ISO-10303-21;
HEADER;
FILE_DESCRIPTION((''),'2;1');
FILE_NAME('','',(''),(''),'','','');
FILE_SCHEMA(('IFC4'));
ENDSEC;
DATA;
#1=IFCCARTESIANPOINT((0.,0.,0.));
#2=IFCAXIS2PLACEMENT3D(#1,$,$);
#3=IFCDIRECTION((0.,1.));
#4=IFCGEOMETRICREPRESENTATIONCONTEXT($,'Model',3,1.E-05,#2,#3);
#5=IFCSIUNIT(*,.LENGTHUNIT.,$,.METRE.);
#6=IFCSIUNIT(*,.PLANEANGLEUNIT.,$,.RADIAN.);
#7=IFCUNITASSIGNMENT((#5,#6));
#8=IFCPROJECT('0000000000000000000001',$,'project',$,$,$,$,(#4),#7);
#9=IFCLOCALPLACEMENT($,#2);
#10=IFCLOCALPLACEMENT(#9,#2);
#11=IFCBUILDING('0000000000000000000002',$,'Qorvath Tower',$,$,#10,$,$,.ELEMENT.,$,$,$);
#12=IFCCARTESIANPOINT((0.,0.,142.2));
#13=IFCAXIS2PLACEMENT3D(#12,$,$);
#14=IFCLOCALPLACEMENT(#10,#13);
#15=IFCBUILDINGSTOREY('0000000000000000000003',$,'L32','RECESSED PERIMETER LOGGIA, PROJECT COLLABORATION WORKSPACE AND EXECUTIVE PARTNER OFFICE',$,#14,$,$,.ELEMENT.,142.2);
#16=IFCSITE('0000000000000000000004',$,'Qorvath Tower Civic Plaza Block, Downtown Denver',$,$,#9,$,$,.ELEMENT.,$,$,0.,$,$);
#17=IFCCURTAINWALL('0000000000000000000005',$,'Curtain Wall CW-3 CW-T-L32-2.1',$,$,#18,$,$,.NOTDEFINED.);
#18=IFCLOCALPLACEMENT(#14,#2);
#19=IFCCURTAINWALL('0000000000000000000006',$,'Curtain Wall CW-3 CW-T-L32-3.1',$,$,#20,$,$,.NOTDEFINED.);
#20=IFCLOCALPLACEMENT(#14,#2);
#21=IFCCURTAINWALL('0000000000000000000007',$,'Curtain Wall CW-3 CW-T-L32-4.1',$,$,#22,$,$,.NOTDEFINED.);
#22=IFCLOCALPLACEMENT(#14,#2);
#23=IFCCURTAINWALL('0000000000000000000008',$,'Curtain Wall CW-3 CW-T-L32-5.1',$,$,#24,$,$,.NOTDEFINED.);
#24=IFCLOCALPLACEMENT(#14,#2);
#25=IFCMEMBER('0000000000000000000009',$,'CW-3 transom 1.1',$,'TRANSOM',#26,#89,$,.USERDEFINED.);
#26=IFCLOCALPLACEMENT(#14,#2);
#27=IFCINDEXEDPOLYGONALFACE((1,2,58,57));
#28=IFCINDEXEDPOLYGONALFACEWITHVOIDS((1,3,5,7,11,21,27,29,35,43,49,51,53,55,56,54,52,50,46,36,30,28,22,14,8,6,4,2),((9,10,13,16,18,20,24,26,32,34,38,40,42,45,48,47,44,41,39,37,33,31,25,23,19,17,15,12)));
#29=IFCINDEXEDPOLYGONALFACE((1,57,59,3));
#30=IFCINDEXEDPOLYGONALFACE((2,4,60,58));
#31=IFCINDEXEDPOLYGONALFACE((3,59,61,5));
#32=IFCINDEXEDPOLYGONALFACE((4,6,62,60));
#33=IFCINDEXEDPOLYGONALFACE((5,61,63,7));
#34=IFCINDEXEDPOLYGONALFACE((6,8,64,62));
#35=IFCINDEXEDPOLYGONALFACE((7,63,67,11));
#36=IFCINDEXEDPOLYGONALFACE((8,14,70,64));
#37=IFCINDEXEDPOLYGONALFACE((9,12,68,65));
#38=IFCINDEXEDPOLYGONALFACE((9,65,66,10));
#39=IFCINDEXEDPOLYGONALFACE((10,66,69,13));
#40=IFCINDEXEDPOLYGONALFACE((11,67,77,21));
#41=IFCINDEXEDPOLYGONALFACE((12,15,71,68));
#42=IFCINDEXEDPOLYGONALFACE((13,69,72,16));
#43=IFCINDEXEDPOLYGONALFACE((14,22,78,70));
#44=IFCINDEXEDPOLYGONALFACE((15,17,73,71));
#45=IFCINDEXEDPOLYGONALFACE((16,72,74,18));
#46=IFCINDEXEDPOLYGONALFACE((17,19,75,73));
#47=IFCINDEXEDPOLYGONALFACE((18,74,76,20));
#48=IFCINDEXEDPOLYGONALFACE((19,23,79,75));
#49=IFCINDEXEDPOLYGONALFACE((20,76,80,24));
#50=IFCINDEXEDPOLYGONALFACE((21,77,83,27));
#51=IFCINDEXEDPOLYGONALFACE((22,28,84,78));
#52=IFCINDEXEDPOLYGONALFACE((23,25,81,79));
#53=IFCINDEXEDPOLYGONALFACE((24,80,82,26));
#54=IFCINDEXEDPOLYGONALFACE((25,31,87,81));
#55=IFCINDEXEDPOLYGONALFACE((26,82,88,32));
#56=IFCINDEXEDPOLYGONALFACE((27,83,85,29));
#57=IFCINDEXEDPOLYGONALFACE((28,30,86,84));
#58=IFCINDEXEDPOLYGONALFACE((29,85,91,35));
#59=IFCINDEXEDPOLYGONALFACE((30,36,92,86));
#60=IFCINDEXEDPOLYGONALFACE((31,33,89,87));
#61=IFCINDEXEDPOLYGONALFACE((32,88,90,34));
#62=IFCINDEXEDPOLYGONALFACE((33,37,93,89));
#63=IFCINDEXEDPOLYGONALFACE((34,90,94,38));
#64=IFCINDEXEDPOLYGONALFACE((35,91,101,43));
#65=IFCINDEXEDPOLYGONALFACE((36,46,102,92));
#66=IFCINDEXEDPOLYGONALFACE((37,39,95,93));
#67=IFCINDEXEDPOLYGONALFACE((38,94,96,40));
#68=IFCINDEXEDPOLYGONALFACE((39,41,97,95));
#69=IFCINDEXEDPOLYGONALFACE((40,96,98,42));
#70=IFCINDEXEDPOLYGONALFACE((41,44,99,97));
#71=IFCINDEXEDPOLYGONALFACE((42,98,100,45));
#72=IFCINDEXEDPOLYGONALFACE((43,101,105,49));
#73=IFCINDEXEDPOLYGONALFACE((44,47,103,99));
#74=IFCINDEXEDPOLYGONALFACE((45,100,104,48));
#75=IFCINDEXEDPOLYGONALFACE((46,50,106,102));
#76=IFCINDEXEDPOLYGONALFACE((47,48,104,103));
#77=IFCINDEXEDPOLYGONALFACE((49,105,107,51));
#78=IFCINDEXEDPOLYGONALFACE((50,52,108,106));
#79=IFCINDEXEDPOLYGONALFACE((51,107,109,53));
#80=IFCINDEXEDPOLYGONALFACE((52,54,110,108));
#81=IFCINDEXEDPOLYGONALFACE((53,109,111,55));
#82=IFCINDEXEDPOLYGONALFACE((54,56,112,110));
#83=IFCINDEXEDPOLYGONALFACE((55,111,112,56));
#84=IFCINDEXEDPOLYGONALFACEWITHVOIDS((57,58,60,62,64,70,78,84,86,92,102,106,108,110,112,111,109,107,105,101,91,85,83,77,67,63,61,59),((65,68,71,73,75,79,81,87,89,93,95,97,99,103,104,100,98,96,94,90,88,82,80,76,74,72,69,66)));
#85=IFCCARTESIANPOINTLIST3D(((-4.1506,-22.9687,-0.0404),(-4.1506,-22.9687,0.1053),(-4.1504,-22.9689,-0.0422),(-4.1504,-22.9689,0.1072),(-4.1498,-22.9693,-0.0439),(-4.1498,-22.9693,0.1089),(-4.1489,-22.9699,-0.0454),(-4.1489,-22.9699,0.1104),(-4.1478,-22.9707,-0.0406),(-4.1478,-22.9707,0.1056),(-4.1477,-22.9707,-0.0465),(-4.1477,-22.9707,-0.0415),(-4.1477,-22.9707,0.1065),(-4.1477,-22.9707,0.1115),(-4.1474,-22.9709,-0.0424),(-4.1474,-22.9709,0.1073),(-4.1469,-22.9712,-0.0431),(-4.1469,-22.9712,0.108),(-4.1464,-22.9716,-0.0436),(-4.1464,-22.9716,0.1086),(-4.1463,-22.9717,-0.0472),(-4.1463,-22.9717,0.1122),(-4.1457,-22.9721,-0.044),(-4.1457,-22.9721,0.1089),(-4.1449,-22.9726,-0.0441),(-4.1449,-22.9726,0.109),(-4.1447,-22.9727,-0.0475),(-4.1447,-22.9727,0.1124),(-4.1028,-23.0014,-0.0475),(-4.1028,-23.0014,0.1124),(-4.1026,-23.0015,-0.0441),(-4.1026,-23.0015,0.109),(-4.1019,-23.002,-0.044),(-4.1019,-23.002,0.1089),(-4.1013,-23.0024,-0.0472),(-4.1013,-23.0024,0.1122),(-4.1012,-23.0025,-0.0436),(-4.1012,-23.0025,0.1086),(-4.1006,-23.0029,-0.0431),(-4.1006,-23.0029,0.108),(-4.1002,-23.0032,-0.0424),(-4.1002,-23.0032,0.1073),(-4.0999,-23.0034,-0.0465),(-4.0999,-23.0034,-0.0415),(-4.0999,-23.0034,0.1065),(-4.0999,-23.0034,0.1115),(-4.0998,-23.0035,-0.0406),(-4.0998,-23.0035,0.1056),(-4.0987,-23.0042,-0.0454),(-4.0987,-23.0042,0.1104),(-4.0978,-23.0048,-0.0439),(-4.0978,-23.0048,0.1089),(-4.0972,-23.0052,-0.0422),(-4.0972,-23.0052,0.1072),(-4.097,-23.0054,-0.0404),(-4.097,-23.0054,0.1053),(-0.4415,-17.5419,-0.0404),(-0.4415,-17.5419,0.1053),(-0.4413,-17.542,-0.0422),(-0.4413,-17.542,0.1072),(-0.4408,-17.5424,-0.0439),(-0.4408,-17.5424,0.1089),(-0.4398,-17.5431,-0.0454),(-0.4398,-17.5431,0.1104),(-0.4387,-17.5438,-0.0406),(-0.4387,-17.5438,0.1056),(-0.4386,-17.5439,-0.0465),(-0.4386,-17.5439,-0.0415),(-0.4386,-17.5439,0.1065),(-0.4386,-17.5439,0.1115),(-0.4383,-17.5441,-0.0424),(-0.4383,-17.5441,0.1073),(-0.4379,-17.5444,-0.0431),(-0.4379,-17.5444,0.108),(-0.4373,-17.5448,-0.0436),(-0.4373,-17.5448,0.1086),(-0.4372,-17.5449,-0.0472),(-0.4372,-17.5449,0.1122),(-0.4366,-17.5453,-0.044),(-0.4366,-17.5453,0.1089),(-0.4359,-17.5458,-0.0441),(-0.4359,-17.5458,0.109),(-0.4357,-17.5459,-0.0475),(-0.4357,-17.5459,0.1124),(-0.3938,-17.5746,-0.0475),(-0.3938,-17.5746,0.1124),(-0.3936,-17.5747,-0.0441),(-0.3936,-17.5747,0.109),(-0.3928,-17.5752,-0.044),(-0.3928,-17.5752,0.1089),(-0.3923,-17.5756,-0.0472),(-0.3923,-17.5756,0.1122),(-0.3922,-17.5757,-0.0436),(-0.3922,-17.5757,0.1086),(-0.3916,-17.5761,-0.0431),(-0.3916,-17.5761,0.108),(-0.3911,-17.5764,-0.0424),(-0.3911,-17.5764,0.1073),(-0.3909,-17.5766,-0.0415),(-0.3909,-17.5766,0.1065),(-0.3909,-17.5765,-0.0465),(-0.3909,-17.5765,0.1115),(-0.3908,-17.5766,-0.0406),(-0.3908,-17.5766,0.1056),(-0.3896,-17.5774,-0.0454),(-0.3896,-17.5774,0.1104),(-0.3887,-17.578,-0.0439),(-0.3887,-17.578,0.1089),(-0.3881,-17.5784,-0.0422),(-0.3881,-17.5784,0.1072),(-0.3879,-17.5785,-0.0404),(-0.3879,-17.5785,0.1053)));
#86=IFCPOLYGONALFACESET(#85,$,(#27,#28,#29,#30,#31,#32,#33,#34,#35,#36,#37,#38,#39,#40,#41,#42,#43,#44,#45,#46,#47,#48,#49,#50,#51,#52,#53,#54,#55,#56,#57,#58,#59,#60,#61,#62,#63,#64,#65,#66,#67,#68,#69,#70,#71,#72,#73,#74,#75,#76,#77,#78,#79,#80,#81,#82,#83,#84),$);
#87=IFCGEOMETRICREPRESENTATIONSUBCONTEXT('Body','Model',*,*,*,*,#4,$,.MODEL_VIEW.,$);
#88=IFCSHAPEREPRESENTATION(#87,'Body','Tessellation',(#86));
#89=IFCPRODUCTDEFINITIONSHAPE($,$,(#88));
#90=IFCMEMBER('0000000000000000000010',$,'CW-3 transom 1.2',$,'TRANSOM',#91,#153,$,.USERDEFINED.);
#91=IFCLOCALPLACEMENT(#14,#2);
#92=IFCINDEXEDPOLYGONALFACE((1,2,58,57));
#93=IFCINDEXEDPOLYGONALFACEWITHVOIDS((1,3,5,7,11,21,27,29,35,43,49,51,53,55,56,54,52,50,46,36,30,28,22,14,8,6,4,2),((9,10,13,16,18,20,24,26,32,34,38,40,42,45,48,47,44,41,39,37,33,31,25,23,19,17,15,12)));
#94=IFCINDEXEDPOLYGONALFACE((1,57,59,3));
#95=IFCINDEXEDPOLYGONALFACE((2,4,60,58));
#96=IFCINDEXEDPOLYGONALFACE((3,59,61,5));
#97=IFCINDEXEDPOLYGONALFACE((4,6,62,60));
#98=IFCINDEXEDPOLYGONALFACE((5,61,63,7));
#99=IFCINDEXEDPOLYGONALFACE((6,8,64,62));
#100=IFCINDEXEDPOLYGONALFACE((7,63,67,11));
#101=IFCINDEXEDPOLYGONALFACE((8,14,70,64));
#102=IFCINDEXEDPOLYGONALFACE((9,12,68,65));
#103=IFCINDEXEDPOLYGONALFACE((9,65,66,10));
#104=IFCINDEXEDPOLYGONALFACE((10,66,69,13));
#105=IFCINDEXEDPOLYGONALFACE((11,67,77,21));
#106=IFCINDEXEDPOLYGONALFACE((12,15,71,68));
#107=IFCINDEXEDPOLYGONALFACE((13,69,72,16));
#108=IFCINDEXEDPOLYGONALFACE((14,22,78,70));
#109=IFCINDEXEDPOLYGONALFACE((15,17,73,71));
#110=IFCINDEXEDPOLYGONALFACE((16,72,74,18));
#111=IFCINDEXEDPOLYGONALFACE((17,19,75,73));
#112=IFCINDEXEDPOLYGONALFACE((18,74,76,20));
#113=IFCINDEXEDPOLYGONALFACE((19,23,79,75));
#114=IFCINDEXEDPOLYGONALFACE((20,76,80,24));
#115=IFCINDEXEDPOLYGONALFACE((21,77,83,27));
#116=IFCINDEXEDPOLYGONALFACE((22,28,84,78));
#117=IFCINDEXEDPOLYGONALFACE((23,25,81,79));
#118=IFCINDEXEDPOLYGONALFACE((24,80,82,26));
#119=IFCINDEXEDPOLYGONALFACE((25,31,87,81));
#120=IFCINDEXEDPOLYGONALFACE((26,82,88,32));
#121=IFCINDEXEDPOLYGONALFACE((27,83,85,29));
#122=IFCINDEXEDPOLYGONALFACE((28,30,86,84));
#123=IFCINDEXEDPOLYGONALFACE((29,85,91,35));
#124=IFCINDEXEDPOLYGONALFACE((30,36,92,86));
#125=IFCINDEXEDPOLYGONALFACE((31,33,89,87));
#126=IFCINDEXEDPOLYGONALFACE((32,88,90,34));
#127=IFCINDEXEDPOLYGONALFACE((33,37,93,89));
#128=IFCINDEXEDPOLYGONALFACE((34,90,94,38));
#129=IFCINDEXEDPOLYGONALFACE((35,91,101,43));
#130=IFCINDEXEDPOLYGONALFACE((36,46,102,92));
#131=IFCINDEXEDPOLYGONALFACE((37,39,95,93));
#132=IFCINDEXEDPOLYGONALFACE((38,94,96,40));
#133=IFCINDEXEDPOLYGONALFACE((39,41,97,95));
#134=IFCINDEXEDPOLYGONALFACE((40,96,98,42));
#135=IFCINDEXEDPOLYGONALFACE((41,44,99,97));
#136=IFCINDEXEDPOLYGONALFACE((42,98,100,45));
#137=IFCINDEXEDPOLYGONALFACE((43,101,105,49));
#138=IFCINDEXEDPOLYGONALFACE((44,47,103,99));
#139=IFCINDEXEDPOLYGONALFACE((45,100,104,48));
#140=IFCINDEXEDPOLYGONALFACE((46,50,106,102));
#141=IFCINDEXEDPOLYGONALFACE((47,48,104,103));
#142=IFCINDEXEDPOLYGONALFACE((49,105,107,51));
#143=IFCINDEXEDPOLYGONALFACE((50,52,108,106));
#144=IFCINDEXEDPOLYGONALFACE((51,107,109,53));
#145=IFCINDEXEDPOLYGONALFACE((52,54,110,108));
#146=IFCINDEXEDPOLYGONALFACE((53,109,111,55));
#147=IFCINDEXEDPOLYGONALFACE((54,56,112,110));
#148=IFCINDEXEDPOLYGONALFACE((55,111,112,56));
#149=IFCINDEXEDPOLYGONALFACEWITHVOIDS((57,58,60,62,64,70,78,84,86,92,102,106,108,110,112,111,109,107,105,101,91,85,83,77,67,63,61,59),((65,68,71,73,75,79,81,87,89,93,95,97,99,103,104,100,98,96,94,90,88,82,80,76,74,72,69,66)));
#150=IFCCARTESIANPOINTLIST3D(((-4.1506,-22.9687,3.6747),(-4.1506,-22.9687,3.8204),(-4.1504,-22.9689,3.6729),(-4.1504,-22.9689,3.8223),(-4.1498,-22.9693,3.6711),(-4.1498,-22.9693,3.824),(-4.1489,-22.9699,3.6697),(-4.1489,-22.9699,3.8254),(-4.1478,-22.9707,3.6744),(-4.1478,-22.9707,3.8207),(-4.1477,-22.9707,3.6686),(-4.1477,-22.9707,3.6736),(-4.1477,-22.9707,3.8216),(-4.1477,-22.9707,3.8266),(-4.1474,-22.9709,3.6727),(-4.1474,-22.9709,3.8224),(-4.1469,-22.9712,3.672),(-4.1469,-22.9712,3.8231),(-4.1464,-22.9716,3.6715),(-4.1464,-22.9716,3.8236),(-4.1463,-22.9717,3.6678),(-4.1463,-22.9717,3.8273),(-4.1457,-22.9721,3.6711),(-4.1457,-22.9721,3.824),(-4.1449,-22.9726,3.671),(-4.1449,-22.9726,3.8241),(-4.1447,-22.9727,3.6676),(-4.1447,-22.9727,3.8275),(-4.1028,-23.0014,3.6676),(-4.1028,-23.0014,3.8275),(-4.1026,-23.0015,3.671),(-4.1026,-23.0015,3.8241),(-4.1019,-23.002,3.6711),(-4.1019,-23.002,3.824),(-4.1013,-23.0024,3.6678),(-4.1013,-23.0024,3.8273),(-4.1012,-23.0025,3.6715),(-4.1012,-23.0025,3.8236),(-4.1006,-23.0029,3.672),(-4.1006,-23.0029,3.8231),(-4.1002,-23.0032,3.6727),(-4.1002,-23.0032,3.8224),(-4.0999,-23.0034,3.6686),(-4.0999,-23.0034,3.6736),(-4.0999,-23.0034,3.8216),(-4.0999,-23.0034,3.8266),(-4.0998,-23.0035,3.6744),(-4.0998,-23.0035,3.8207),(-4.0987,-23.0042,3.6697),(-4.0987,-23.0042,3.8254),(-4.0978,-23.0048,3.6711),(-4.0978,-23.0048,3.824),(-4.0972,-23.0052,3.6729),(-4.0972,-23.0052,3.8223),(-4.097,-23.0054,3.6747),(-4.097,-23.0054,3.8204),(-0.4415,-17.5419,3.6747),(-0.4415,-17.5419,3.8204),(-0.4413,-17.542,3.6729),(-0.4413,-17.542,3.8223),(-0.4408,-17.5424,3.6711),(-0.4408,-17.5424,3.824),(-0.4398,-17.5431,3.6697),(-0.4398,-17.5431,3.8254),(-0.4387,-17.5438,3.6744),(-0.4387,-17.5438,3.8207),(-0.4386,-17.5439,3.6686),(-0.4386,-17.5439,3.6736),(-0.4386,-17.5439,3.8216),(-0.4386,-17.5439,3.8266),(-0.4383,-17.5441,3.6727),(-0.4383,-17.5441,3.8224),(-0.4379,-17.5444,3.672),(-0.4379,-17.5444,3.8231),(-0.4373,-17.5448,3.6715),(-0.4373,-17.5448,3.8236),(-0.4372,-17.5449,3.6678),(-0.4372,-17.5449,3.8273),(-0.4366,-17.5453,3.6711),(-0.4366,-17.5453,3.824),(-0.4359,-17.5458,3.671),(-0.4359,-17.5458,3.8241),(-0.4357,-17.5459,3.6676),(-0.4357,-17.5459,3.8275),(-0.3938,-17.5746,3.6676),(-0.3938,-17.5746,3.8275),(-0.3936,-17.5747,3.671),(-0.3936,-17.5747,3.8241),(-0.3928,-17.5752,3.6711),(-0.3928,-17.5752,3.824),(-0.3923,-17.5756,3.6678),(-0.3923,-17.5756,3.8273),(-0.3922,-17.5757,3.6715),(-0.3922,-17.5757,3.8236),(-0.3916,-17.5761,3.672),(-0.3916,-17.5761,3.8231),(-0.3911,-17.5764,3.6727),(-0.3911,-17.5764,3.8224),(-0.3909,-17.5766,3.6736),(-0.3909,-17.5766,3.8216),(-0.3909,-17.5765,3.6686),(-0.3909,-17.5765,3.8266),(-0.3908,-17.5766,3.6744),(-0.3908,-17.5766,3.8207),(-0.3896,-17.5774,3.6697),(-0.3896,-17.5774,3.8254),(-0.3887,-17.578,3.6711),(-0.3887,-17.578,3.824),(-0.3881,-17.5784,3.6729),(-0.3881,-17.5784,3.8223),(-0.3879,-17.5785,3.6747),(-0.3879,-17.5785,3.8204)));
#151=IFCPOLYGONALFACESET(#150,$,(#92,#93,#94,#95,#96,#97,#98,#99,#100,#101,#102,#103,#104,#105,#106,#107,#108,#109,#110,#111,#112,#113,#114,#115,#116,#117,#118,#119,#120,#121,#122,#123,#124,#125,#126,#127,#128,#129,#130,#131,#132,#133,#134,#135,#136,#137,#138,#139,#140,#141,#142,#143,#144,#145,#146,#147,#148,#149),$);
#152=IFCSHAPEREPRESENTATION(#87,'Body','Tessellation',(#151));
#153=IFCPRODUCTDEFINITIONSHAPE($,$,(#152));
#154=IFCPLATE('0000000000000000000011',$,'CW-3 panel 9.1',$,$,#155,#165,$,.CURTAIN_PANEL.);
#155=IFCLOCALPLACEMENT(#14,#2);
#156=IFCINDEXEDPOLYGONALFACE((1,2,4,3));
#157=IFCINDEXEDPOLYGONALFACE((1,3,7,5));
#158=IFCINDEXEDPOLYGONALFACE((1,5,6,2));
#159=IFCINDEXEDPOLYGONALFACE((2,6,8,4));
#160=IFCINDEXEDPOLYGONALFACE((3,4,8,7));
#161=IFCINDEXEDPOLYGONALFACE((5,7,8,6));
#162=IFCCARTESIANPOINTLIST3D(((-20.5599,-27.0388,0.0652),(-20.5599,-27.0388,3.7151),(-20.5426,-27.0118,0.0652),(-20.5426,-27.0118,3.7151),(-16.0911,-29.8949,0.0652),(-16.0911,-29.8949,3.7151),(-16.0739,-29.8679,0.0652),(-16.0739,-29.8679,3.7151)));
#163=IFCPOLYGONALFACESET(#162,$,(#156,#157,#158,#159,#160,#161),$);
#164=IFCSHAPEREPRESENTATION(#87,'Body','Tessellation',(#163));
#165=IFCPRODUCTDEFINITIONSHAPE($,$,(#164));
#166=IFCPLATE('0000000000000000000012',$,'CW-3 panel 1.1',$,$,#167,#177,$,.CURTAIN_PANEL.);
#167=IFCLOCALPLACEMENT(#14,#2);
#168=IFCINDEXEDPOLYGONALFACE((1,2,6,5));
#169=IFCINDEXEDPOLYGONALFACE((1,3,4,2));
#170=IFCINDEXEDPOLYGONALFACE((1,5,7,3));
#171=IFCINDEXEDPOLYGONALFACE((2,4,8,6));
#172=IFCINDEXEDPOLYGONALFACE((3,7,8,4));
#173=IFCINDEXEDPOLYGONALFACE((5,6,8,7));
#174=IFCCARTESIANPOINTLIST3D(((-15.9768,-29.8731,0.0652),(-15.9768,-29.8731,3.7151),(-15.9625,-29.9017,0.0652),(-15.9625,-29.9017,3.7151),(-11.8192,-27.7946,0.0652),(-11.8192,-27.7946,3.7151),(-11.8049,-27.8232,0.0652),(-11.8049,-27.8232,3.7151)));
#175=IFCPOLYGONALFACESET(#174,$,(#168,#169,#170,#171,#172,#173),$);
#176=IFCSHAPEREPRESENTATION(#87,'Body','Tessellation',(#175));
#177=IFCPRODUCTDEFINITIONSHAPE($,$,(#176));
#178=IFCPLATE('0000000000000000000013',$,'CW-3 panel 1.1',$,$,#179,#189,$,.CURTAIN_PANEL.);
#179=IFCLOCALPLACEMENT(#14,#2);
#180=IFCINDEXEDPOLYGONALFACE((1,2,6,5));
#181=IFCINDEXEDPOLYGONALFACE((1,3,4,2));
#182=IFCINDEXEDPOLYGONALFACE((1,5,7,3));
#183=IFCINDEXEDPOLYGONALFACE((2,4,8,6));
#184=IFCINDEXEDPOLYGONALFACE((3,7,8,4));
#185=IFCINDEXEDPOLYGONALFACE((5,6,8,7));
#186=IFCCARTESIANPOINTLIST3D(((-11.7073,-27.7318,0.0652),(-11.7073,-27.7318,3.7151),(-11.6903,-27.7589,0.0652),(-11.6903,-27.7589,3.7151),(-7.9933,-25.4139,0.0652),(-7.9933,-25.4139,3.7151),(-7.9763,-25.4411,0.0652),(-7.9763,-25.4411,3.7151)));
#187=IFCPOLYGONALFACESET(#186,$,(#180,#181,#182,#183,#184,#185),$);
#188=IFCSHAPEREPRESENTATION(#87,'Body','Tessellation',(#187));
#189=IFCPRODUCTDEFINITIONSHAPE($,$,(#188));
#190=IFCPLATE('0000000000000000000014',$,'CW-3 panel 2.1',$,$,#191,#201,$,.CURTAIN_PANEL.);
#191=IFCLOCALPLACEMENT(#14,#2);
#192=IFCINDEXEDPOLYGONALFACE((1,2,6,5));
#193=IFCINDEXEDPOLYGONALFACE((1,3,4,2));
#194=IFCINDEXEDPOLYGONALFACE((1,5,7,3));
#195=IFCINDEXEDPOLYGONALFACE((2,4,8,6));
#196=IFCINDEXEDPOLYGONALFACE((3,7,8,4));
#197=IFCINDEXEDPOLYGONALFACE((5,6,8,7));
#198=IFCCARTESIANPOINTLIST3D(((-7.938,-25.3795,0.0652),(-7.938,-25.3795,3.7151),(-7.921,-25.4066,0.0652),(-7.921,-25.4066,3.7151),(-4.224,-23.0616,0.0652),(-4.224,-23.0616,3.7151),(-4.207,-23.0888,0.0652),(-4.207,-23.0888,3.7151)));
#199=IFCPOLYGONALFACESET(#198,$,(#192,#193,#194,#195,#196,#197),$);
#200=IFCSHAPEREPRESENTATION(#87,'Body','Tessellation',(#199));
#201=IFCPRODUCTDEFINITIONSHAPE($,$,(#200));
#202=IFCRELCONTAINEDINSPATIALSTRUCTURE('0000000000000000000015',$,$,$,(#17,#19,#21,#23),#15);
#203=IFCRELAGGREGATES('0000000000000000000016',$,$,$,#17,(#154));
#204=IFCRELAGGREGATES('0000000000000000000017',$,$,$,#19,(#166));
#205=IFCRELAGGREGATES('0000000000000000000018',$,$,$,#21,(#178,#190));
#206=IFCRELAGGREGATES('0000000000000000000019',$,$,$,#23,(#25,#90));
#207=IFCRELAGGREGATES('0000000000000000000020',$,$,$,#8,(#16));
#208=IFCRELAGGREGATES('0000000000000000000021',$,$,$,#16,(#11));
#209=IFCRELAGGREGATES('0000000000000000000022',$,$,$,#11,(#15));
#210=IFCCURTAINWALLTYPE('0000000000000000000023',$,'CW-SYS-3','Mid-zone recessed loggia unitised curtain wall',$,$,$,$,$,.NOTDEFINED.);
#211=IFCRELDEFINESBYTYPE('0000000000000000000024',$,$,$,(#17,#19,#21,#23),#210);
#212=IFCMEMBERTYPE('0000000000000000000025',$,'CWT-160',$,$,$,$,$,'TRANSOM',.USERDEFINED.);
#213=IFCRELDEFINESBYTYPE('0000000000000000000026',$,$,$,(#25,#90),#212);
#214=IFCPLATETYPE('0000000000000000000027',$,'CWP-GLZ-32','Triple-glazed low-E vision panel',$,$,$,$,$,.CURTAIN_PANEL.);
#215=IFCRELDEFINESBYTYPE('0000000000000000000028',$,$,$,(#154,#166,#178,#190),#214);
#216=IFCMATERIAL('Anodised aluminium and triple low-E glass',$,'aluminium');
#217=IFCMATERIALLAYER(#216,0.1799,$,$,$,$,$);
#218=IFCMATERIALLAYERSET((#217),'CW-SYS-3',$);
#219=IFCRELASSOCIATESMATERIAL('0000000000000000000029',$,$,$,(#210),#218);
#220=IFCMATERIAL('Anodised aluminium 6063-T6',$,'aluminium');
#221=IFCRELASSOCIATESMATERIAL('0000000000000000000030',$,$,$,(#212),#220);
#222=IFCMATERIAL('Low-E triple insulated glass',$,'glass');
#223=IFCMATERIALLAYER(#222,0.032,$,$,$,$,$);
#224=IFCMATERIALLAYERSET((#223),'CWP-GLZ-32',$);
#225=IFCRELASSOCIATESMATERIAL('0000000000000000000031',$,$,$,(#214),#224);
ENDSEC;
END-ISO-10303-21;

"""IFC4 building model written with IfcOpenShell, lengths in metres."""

from ifc_helpers import new_model, si_unit, direction, frame, origin, origin_2d, place, context, subcontext, project, spatial, rectangle, hollow_rectangle, extrude, material, layer, layer_set, material_profile, profile_set, type_object, element, aggregate, save


model = new_model("IFC4")

# Units and contexts
model_context = context("Model", 3, precision=1e-05, world=origin(), true_north=direction((0.0, 1.0)))
body_context = subcontext(model_context, "Body", "Model", "MODEL_VIEW")
ifc_project = project(units=[si_unit("LENGTHUNIT", "METRE"), si_unit("PLANEANGLEUNIT", "RADIAN")], contexts=[model_context])

# Site, building, storey
site_placement = place(None, origin())
site = spatial("IfcSite", under=ifc_project, at=site_placement, Name="Qorvath Tower Civic Plaza Block, Downtown Denver", CompositionType="ELEMENT", RefElevation=0.0)
building_placement = place(site_placement, origin())
building = spatial("IfcBuilding", under=site, at=building_placement, Name="Qorvath Tower", CompositionType="ELEMENT")
storey_placement = place(building_placement, frame((0.0, 0.0, 142.2)))
storey = spatial("IfcBuildingStorey", under=building, at=storey_placement, Name="L32", Description="RECESSED PERIMETER LOGGIA, PROJECT COLLABORATION WORKSPACE AND EXECUTIVE PARTNER OFFICE", CompositionType="ELEMENT", Elevation=142.2)

# Curtain wall
ifc_material_1 = material(Name="Anodised aluminium and triple low-E glass", Category="aluminium")
ifc_layer_1 = layer(ifc_material_1, 0.1799)
ifc_layer_set_1 = layer_set([ifc_layer_1], Name="CW-SYS-3")
curtain_wall_type = type_object("IfcCurtainWallType", Name="CW-SYS-3", Description="Mid-zone recessed loggia unitised curtain wall", PredefinedType="NOTDEFINED", material=ifc_layer_set_1)
curtain_wall_1_placement = place(storey_placement, origin())
curtain_wall_1 = element("IfcCurtainWall", 1, at=curtain_wall_1_placement, inside=storey, type_object=curtain_wall_type, Name="Curtain Wall CW-3 CW-T-L32-2.1", PredefinedType="NOTDEFINED")

# Curtain walls
curtain_wall_2_placement = place(storey_placement, origin())
curtain_wall_2 = element("IfcCurtainWall", 2, at=curtain_wall_2_placement, inside=storey, type_object=curtain_wall_type, Name="Curtain Wall CW-3 CW-T-L32-3.1", PredefinedType="NOTDEFINED")
curtain_wall_3_placement = place(storey_placement, origin())
curtain_wall_3 = element("IfcCurtainWall", 3, at=curtain_wall_3_placement, inside=storey, type_object=curtain_wall_type, Name="Curtain Wall CW-3 CW-T-L32-4.1", PredefinedType="NOTDEFINED")
curtain_wall_4_placement = place(storey_placement, origin())
curtain_wall_4 = element("IfcCurtainWall", 4, at=curtain_wall_4_placement, inside=storey, type_object=curtain_wall_type, Name="Curtain Wall CW-3 CW-T-L32-5.1", PredefinedType="NOTDEFINED")

# Members
ifc_material_2 = material(Name="Anodised aluminium 6063-T6", Category="aluminium")
ifc_material_profile_1 = material_profile(ifc_material_2, hollow_rectangle(XDim=0.0649, YDim=0.1599, WallThickness=0.0034, InnerFilletRadius=0.0034, OuterFilletRadius=0.0071, at=origin_2d()), Name="CWT 160x65")
ifc_profile_set_1 = profile_set([ifc_material_profile_1], Name="Anodised aluminium 6063-T6")
member_type_1 = type_object("IfcMemberType", Name="CWT-160", ElementType="TRANSOM", PredefinedType="USERDEFINED", material=ifc_profile_set_1)
member_1_placement = place(storey_placement, frame((-4.1238, -22.9871, 0.0325), z_axis=(0.564263, 0.825595, 0.0), x_axis=(-0.825595, 0.564263, 0.0)))
member_1 = element("IfcMember", 5, at=member_1_placement, type_object=member_type_1, Name="CW-3 transom 1.1", ObjectType="TRANSOM", PredefinedType="USERDEFINED", context=body_context, shape_type="SweptSolid", body=[
    extrude(hollow_rectangle(XDim=0.0649, YDim=0.1599, WallThickness=0.0034, InnerFilletRadius=0.0034, OuterFilletRadius=0.0071, at=origin_2d()), origin(), (0.0, 0.0, 1.0), 6.5732),
])
member_2_placement = place(storey_placement, frame((-4.1238, -22.9871, 3.7476), z_axis=(0.564263, 0.825595, 0.0), x_axis=(-0.825595, 0.564263, 0.0)))
member_2 = element("IfcMember", 6, at=member_2_placement, type_object=member_type_1, Name="CW-3 transom 1.2", ObjectType="TRANSOM", PredefinedType="USERDEFINED", context=body_context, shape_type="SweptSolid", body=[
    extrude(hollow_rectangle(XDim=0.0649, YDim=0.1599, WallThickness=0.0034, InnerFilletRadius=0.0034, OuterFilletRadius=0.0071, at=origin_2d()), origin(), (0.0, 0.0, 1.0), 6.5732),
])

# Plates
ifc_material_3 = material(Name="Low-E triple insulated glass", Category="glass")
ifc_layer_2 = layer(ifc_material_3, 0.032)
ifc_layer_set_2 = layer_set([ifc_layer_2], Name="CWP-GLZ-32")
plate_type = type_object("IfcPlateType", Name="CWP-GLZ-32", Description="Triple-glazed low-E vision panel", PredefinedType="CURTAIN_PANEL", material=ifc_layer_set_2)
plate_1_placement = place(storey_placement, frame((-18.3169, -28.4534, 0.0652), z_axis=(0.0, 0.0, 1.0), x_axis=(0.842604, -0.538533, 0.0)))
plate_1 = element("IfcPlate", 7, at=plate_1_placement, type_object=plate_type, Name="CW-3 panel 9.1", PredefinedType="CURTAIN_PANEL", context=body_context, shape_type="SweptSolid", body=[
    extrude(rectangle(XDim=5.3035, YDim=0.032, at=origin_2d()), origin(), (0.0, 0.0, 1.0), 3.6499),
])
aggregate(curtain_wall_1, [plate_1])
plate_2_placement = place(storey_placement, frame((-13.8909, -28.8481, 0.0652), z_axis=(0.0, 0.0, 1.0), x_axis=(0.894448, 0.447172, 0.0)))
plate_2 = element("IfcPlate", 8, at=plate_2_placement, type_object=plate_type, Name="CW-3 panel 1.1", PredefinedType="CURTAIN_PANEL", context=body_context, shape_type="SweptSolid", body=[
    extrude(rectangle(XDim=4.6482, YDim=0.032, at=origin_2d()), origin(), (0.0, 0.0, 1.0), 3.6499),
])
aggregate(curtain_wall_2, [plate_2])
plate_3_placement = place(storey_placement, frame((-9.8418, -26.5864, 0.0652), z_axis=(0.0, 0.0, 1.0), x_axis=(0.848346, 0.529441, 0.0)))
plate_3 = element("IfcPlate", 9, at=plate_3_placement, type_object=plate_type, Name="CW-3 panel 1.1", PredefinedType="CURTAIN_PANEL", context=body_context, shape_type="SweptSolid", body=[
    extrude(rectangle(XDim=4.3779, YDim=0.032, at=origin_2d()), origin(), (0.0, 0.0, 1.0), 3.6499),
])
plate_4_placement = place(storey_placement, frame((-6.0725, -24.2341, 0.0652), z_axis=(0.0, 0.0, 1.0), x_axis=(0.848346, 0.529441, 0.0)))
plate_4 = element("IfcPlate", 10, at=plate_4_placement, type_object=plate_type, Name="CW-3 panel 2.1", PredefinedType="CURTAIN_PANEL", context=body_context, shape_type="SweptSolid", body=[
    extrude(rectangle(XDim=4.3779, YDim=0.032, at=origin_2d()), origin(), (0.0, 0.0, 1.0), 3.6499),
])
aggregate(curtain_wall_3, [plate_3, plate_4])
aggregate(curtain_wall_4, [member_1, member_2])

save(model, "model.ifc")
